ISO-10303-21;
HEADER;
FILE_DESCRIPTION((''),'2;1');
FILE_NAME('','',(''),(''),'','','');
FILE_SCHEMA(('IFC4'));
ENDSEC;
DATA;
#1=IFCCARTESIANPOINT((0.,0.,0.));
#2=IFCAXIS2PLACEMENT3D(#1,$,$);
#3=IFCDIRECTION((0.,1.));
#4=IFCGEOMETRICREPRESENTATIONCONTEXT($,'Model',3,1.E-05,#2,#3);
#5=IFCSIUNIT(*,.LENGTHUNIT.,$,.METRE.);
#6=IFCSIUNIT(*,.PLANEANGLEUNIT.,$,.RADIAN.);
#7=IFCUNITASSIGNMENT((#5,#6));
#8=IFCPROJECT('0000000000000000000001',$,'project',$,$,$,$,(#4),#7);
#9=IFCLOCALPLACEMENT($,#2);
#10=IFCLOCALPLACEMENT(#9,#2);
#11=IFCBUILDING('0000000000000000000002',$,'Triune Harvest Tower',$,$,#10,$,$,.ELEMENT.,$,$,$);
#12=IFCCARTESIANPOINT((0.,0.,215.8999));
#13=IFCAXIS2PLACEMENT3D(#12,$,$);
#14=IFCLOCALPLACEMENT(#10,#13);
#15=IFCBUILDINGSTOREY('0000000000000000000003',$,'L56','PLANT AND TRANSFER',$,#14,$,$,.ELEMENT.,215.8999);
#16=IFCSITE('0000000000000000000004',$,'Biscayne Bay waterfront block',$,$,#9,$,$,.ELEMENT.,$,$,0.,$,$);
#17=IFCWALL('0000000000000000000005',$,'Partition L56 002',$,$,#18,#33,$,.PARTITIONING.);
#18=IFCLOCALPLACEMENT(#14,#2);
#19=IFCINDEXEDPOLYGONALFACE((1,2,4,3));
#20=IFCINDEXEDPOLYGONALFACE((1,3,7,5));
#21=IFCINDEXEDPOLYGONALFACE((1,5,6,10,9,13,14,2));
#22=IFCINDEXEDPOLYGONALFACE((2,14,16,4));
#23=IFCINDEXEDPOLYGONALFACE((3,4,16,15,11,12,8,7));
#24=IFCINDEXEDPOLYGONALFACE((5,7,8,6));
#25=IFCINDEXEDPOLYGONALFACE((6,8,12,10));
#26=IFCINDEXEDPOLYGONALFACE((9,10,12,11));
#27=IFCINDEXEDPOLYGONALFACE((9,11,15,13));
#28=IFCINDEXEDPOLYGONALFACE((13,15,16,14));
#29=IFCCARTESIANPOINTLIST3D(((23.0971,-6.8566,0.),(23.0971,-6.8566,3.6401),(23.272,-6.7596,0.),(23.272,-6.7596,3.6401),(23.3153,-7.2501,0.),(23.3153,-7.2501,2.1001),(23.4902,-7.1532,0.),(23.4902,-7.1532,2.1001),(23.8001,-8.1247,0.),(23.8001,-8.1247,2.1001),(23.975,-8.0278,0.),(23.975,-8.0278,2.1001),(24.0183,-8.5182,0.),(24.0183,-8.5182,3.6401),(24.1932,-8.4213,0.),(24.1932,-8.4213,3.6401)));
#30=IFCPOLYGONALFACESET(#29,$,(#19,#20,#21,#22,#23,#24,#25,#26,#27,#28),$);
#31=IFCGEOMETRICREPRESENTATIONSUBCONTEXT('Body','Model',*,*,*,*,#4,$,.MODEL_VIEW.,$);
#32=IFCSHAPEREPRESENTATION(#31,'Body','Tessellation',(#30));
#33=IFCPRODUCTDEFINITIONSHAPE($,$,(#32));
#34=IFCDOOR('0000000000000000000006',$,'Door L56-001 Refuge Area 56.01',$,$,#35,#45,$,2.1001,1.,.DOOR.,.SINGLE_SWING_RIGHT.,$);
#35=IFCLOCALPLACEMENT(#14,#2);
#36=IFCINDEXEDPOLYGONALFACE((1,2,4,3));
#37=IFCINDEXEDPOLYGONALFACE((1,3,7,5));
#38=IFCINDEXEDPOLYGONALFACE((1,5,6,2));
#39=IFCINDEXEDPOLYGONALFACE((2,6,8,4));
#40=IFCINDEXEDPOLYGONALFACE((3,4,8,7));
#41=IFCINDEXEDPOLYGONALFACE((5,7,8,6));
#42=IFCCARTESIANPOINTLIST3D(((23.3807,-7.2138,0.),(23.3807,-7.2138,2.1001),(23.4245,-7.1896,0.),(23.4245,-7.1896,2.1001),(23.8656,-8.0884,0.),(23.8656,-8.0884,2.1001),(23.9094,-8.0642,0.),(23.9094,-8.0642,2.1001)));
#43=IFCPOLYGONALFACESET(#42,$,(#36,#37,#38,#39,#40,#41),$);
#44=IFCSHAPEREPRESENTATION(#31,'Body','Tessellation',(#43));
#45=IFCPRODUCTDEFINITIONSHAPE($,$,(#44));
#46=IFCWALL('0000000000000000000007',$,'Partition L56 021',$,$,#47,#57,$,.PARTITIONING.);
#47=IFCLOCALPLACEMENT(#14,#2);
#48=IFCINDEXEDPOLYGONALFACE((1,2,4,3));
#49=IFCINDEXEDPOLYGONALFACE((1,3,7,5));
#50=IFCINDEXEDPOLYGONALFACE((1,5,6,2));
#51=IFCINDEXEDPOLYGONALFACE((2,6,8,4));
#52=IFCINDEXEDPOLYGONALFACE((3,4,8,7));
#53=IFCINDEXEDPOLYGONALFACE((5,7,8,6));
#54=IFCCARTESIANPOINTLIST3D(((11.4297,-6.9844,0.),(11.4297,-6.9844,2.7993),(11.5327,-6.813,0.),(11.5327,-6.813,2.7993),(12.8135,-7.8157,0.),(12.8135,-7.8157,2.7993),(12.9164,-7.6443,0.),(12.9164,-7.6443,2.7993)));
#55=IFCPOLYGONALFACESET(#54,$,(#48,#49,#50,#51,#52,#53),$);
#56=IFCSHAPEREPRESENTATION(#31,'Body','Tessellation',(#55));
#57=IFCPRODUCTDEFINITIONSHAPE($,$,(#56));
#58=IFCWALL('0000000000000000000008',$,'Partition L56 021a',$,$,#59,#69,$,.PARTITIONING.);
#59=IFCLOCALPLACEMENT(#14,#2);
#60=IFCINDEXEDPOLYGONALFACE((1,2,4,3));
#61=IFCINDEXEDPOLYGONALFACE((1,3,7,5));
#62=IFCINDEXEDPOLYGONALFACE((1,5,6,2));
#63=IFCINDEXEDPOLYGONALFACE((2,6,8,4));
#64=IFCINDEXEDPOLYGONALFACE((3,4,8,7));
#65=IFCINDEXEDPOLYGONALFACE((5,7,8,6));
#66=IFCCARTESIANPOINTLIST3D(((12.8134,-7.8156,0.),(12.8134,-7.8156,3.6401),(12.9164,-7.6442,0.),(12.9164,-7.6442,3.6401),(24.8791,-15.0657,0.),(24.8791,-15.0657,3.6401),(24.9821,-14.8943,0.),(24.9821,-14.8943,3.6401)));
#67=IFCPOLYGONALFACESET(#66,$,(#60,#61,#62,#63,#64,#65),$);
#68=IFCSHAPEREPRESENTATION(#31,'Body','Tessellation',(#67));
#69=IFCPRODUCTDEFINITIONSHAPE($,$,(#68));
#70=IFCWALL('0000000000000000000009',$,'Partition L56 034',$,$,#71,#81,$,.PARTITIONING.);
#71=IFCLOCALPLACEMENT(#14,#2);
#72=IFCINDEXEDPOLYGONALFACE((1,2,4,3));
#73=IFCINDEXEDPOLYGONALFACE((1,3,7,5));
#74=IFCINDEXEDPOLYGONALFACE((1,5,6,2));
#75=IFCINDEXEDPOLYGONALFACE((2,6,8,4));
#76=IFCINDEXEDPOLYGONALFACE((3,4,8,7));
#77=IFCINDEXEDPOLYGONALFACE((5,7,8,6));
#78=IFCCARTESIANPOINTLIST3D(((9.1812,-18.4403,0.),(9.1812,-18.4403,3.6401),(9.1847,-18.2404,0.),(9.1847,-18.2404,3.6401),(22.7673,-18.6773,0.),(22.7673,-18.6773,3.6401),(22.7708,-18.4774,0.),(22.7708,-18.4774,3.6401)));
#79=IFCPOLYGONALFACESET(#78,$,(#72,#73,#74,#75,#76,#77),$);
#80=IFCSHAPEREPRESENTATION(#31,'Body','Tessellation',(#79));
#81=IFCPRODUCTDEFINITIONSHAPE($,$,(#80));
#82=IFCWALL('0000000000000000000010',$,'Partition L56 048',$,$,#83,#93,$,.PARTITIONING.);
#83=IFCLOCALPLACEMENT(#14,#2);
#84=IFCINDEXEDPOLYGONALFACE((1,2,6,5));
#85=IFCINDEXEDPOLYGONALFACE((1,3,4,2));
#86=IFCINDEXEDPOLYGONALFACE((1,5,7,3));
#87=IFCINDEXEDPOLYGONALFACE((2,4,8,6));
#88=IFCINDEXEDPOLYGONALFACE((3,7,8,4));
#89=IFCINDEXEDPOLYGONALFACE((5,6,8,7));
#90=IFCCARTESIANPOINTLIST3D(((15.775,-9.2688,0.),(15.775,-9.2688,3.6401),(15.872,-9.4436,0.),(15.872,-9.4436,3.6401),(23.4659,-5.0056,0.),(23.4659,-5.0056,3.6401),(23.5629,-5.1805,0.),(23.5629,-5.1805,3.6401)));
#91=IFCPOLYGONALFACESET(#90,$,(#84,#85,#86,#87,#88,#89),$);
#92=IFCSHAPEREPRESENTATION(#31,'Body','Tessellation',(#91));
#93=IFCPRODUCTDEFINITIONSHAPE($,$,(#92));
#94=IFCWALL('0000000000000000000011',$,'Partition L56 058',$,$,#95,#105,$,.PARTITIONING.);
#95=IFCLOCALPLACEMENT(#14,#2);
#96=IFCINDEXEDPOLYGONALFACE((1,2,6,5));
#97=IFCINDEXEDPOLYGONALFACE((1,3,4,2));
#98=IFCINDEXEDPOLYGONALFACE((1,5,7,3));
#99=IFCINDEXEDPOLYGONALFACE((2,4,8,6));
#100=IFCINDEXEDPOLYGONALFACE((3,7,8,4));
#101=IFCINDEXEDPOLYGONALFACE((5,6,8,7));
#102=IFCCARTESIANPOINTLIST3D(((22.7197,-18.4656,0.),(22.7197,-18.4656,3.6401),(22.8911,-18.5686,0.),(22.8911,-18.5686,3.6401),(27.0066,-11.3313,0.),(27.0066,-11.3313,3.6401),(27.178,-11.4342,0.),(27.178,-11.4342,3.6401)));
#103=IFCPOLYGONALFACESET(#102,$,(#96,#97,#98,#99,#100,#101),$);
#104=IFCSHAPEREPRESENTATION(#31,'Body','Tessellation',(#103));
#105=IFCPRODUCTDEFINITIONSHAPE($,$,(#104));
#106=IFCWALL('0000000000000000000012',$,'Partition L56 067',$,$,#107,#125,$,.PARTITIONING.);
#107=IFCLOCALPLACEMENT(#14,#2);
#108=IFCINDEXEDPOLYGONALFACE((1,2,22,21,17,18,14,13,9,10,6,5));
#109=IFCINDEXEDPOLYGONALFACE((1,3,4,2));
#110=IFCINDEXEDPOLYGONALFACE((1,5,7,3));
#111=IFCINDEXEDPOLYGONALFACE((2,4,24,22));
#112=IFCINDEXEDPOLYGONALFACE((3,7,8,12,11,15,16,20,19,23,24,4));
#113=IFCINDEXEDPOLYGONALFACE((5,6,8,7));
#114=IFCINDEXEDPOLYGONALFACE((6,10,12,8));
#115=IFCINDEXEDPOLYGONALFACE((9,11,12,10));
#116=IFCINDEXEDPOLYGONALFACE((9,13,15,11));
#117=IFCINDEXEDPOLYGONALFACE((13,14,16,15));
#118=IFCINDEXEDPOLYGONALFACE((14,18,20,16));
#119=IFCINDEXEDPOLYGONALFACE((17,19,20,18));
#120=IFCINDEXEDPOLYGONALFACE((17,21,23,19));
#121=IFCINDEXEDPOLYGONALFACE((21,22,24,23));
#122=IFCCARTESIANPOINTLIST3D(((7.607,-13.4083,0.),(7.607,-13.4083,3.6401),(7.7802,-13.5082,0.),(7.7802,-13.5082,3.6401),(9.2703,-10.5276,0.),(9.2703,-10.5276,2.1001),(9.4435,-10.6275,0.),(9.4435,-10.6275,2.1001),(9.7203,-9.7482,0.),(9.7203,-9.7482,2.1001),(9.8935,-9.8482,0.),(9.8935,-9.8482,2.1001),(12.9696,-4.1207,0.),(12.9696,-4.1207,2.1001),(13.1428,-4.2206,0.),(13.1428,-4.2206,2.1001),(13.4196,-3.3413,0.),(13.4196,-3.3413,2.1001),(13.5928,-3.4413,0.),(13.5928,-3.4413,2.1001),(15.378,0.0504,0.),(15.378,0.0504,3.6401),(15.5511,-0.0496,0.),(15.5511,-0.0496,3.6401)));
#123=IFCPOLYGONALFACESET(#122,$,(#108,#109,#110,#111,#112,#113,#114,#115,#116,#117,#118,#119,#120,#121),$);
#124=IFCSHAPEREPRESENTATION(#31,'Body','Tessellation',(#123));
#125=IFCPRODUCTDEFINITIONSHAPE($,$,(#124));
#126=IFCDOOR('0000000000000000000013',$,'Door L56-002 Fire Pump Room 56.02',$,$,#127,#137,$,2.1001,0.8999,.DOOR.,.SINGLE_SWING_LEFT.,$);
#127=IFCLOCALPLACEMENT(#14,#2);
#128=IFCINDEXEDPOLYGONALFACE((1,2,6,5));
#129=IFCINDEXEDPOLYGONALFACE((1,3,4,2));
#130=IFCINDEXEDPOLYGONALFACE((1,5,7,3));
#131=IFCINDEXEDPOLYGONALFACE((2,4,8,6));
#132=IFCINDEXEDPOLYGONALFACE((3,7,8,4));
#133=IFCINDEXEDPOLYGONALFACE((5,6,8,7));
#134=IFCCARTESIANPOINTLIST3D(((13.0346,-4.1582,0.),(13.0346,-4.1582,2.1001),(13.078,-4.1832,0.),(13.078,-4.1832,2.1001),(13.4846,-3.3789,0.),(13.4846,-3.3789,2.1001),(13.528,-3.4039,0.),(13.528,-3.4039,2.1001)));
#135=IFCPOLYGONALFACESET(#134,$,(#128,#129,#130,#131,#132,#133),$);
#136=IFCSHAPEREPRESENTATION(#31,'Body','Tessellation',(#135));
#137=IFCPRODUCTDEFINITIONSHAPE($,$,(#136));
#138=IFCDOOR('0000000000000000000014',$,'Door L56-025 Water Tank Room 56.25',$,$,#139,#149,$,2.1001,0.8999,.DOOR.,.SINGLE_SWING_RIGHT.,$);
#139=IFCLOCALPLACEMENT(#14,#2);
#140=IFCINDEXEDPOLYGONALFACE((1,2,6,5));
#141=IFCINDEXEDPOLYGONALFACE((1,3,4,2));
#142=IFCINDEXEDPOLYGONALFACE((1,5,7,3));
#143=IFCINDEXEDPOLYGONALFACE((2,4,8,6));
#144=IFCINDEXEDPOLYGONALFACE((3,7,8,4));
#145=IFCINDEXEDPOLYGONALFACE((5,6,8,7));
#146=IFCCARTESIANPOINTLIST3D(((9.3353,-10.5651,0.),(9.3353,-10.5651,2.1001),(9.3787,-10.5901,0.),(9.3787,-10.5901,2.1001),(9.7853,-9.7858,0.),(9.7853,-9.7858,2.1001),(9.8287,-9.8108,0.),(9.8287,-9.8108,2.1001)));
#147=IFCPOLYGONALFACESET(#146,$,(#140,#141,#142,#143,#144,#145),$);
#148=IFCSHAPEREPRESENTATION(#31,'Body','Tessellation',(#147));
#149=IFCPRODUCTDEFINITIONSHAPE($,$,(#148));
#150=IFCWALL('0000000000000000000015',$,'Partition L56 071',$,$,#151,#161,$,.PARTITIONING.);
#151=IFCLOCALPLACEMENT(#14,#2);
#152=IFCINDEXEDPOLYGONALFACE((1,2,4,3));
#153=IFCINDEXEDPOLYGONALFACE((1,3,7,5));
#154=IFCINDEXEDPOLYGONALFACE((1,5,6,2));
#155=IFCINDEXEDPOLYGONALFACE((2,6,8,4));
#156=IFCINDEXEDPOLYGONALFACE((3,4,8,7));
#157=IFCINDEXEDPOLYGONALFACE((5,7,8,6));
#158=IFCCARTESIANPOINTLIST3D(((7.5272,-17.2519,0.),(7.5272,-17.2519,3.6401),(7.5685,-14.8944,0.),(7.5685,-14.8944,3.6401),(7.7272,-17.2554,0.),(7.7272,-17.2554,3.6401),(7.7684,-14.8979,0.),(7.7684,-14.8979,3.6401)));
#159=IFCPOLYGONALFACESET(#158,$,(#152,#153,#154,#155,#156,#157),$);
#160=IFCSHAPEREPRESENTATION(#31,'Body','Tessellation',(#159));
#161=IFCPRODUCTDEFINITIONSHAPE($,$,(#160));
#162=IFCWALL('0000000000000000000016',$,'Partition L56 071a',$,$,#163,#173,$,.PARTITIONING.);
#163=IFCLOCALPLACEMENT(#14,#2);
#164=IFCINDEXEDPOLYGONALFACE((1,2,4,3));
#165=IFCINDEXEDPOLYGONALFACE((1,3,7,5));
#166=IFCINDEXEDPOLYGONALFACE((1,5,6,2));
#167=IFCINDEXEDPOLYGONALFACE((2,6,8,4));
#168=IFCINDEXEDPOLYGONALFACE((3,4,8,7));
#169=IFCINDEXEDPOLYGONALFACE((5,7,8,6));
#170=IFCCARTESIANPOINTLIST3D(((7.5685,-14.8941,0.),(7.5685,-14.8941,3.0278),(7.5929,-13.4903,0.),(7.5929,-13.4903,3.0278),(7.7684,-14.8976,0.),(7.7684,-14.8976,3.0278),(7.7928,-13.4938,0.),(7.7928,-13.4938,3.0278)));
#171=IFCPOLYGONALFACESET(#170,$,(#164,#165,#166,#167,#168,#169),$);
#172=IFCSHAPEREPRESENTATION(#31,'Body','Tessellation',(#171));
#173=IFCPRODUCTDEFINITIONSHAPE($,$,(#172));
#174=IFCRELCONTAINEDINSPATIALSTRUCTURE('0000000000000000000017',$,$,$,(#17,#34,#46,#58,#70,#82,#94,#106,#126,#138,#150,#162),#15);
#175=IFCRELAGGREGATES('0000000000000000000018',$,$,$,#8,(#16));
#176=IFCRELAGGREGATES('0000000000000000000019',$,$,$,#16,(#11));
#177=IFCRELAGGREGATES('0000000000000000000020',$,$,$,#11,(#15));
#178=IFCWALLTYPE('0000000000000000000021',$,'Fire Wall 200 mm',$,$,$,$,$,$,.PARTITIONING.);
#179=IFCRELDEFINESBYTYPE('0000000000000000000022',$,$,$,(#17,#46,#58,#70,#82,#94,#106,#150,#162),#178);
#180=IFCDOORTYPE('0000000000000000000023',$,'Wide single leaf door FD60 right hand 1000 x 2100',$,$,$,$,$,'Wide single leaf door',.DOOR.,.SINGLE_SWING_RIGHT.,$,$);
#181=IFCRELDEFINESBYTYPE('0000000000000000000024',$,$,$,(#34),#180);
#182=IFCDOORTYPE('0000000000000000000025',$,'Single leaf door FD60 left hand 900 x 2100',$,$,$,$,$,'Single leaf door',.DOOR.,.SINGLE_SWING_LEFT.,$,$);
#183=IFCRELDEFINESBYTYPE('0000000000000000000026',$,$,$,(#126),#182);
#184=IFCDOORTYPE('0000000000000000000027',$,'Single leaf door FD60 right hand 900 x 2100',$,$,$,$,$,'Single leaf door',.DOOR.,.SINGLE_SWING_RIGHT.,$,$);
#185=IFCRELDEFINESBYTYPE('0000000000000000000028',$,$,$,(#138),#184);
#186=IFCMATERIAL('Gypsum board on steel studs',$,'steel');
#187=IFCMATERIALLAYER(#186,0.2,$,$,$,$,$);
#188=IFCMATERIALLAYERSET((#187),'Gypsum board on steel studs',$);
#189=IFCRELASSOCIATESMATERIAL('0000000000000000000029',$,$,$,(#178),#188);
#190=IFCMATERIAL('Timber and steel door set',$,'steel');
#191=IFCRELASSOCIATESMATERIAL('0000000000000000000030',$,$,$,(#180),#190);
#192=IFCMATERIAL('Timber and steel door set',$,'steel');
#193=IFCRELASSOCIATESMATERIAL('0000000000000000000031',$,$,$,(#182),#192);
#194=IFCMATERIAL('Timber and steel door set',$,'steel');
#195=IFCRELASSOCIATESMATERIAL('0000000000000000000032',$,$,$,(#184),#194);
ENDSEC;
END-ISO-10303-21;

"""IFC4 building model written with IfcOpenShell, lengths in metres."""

from ifc_helpers import new_model, si_unit, direction, frame, frame_2d, origin, place, context, subcontext, project, spatial, rectangle, extrude, material, layer, layer_set, type_object, element, fill, save


model = new_model("IFC4")

# Units and contexts
model_context = context("Model", 3, precision=1e-05, world=origin(), true_north=direction((0.0, 1.0)))
body_context = subcontext(model_context, "Body", "Model", "MODEL_VIEW")
ifc_project = project(units=[si_unit("LENGTHUNIT", "METRE"), si_unit("PLANEANGLEUNIT", "RADIAN")], contexts=[model_context])

# Site, building, storey
site_placement = place(None, origin())
site = spatial("IfcSite", under=ifc_project, at=site_placement, Name="Biscayne Bay waterfront block", CompositionType="ELEMENT", RefElevation=0.0)
building_placement = place(site_placement, origin())
building = spatial("IfcBuilding", under=site, at=building_placement, Name="Triune Harvest Tower", CompositionType="ELEMENT")
storey_placement = place(building_placement, frame((0.0, 0.0, 215.8999)))
storey = spatial("IfcBuildingStorey", under=building, at=storey_placement, Name="L56", Description="PLANT AND TRANSFER", CompositionType="ELEMENT", Elevation=215.8999)

# Wall, opening, door
ifc_material_1 = material(Name="Gypsum board on steel studs", Category="steel")
ifc_layer_1 = layer(ifc_material_1, 0.2)
ifc_layer_set_1 = layer_set([ifc_layer_1], Name="Gypsum board on steel studs")
wall_type_1 = type_object("IfcWallType", Name="Fire Wall 200 mm", PredefinedType="PARTITIONING", material=ifc_layer_set_1)
wall_1_placement = place(storey_placement, frame((23.1846, -6.8081, 0.0), z_axis=(0.0, 0.0, 1.0), x_axis=(0.484846, -0.874599, 0.0)))
wall_1 = element("IfcWall", 1, at=wall_1_placement, inside=storey, type_object=wall_type_1, Name="Partition L56 002", PredefinedType="PARTITIONING", context=body_context, shape_type="SweptSolid", body=[
    extrude(rectangle(XDim=1.8999, YDim=0.2, at=frame_2d((0.95, 0.0))), origin(), (0.0, 0.0, 1.0), 3.6401),
])
opening_1_placement = place(wall_1_placement, frame((0.45, 0.0, 0.0)))
opening_1 = element("IfcOpeningElement", 2, at=opening_1_placement, cuts=wall_1, PredefinedType="OPENING", context=body_context, shape_type="SweptSolid", body=[
    extrude(rectangle(XDim=1.0, YDim=2.1001, at=frame_2d((0.5, 1.05))), frame((0.0, 0.1099, 0.0), z_axis=(0.0, -1.0, 0.0), x_axis=(1.0, 0.0, 0.0)), (0.0, 0.0, 1.0), 0.22),
])
ifc_material_2 = material(Name="Timber and steel door set", Category="steel")
door_type_1 = type_object("IfcDoorType", Name="Wide single leaf door FD60 right hand 1000 x 2100", ElementType="Wide single leaf door", OperationType="SINGLE_SWING_RIGHT", PredefinedType="DOOR", material=ifc_material_2)
door_1_placement = place(opening_1_placement, origin())
door_1 = element("IfcDoor", 3, at=door_1_placement, inside=storey, type_object=door_type_1, Name="Door L56-001 Refuge Area 56.01", OperationType="SINGLE_SWING_RIGHT", OverallHeight=2.1001, OverallWidth=1.0, PredefinedType="DOOR", context=body_context, shape_type="SweptSolid", body=[
    extrude(rectangle(XDim=1.0, YDim=2.1001, at=frame_2d((0.5, 1.05))), frame((0.0, 0.0249, 0.0), z_axis=(0.0, -1.0, 0.0), x_axis=(1.0, 0.0, 0.0)), (0.0, 0.0, 1.0), 0.05),
])
fill(opening_1, door_1)

# Walls
wall_2_placement = place(storey_placement, frame((11.4812, -6.8987, 0.0), z_axis=(0.0, 0.0, 1.0), x_axis=(0.857213, -0.514963, 0.0)))
element("IfcWall", 4, at=wall_2_placement, inside=storey, type_object=wall_type_1, Name="Partition L56 021", PredefinedType="PARTITIONING", context=body_context, shape_type="SweptSolid", body=[
    extrude(rectangle(XDim=1.6143, YDim=0.2, at=frame_2d((0.8071, 0.0))), origin(), (0.0, 0.0, 1.0), 2.7993),
])
wall_3_placement = place(storey_placement, frame((12.865, -7.73, 0.0), z_axis=(0.0, 0.0, 1.0), x_axis=(0.857161, -0.515049, 0.0)))
element("IfcWall", 5, at=wall_3_placement, inside=storey, type_object=wall_type_1, Name="Partition L56 021a", PredefinedType="PARTITIONING", context=body_context, shape_type="SweptSolid", body=[
    extrude(rectangle(XDim=14.0764, YDim=0.2, at=frame_2d((7.0381, 0.0))), origin(), (0.0, 0.0, 1.0), 3.6401),
])
wall_4_placement = place(storey_placement, frame((9.1831, -18.3403, 0.0), z_axis=(0.0, 0.0, 1.0), x_axis=(0.999848, -0.017446, 0.0)))
element("IfcWall", 6, at=wall_4_placement, inside=storey, type_object=wall_type_1, Name="Partition L56 034", PredefinedType="PARTITIONING", context=body_context, shape_type="SweptSolid", body=[
    extrude(rectangle(XDim=13.5881, YDim=0.2, at=frame_2d((6.7939, 0.0))), origin(), (0.0, 0.0, 1.0), 3.6401),
])
wall_5_placement = place(storey_placement, frame((15.8235, -9.3562, 0.0), z_axis=(0.0, 0.0, 1.0), x_axis=(0.874618, 0.484813, 0.0)))
element("IfcWall", 7, at=wall_5_placement, inside=storey, type_object=wall_type_1, Name="Partition L56 048", PredefinedType="PARTITIONING", context=body_context, shape_type="SweptSolid", body=[
    extrude(rectangle(XDim=8.7935, YDim=0.2, at=frame_2d((4.3967, 0.0))), origin(), (0.0, 0.0, 1.0), 3.6401),
])
wall_6_placement = place(storey_placement, frame((22.8054, -18.5171, 0.0), z_axis=(0.0, 0.0, 1.0), x_axis=(0.515052, 0.857159, 0.0)))
element("IfcWall", 8, at=wall_6_placement, inside=storey, type_object=wall_type_1, Name="Partition L56 058", PredefinedType="PARTITIONING", context=body_context, shape_type="SweptSolid", body=[
    extrude(rectangle(XDim=8.3232, YDim=0.2, at=frame_2d((4.1616, 0.0))), origin(), (0.0, 0.0, 1.0), 3.6401),
])

# Wall, openings, doors
wall_7_placement = place(storey_placement, frame((7.6936, -13.4583, 0.0), z_axis=(0.0, 0.0, 1.0), x_axis=(0.500028, 0.866009, 0.0)))
wall_7 = element("IfcWall", 9, at=wall_7_placement, inside=storey, type_object=wall_type_1, Name="Partition L56 067", PredefinedType="PARTITIONING", context=body_context, shape_type="SweptSolid", body=[
    extrude(rectangle(XDim=15.541, YDim=0.2, at=frame_2d((7.7705, 0.0))), origin(), (0.0, 0.0, 1.0), 3.6401),
])
opening_2_placement = place(wall_7_placement, frame((10.7246, 0.0, 0.0)))
opening_2 = element("IfcOpeningElement", 10, at=opening_2_placement, cuts=wall_7, PredefinedType="OPENING", context=body_context, shape_type="SweptSolid", body=[
    extrude(rectangle(XDim=0.8999, YDim=2.1001, at=frame_2d((0.45, 1.05))), frame((0.0, 0.1099, 0.0), z_axis=(0.0, -1.0, 0.0), x_axis=(1.0, 0.0, 0.0)), (0.0, 0.0, 1.0), 0.22),
])
opening_3_placement = place(wall_7_placement, frame((3.3264, 0.0, 0.0)))
opening_3 = element("IfcOpeningElement", 11, at=opening_3_placement, cuts=wall_7, PredefinedType="OPENING", context=body_context, shape_type="SweptSolid", body=[
    extrude(rectangle(XDim=0.8999, YDim=2.1001, at=frame_2d((0.45, 1.05))), frame((0.0, 0.1099, 0.0), z_axis=(0.0, -1.0, 0.0), x_axis=(1.0, 0.0, 0.0)), (0.0, 0.0, 1.0), 0.22),
])
ifc_material_3 = material(Name="Timber and steel door set", Category="steel")
door_type_2 = type_object("IfcDoorType", Name="Single leaf door FD60 left hand 900 x 2100", ElementType="Single leaf door", OperationType="SINGLE_SWING_LEFT", PredefinedType="DOOR", material=ifc_material_3)
door_2_placement = place(opening_2_placement, origin())
door_2 = element("IfcDoor", 12, at=door_2_placement, inside=storey, type_object=door_type_2, Name="Door L56-002 Fire Pump Room 56.02", OperationType="SINGLE_SWING_LEFT", OverallHeight=2.1001, OverallWidth=0.8999, PredefinedType="DOOR", context=body_context, shape_type="SweptSolid", body=[
    extrude(rectangle(XDim=0.8999, YDim=2.1001, at=frame_2d((0.45, 1.05))), frame((0.0, 0.0249, 0.0), z_axis=(0.0, -1.0, 0.0), x_axis=(1.0, 0.0, 0.0)), (0.0, 0.0, 1.0), 0.05),
])
fill(opening_2, door_2)
ifc_material_4 = material(Name="Timber and steel door set", Category="steel")
door_type_3 = type_object("IfcDoorType", Name="Single leaf door FD60 right hand 900 x 2100", ElementType="Single leaf door", OperationType="SINGLE_SWING_RIGHT", PredefinedType="DOOR", material=ifc_material_4)
door_3_placement = place(opening_3_placement, origin())
door_3 = element("IfcDoor", 13, at=door_3_placement, inside=storey, type_object=door_type_3, Name="Door L56-025 Water Tank Room 56.25", OperationType="SINGLE_SWING_RIGHT", OverallHeight=2.1001, OverallWidth=0.8999, PredefinedType="DOOR", context=body_context, shape_type="SweptSolid", body=[
    extrude(rectangle(XDim=0.8999, YDim=2.1001, at=frame_2d((0.45, 1.05))), frame((0.0, 0.0249, 0.0), z_axis=(0.0, -1.0, 0.0), x_axis=(1.0, 0.0, 0.0)), (0.0, 0.0, 1.0), 0.05),
])
fill(opening_3, door_3)

# Walls
wall_8_placement = place(storey_placement, frame((7.6272, -17.2537, 0.0), z_axis=(0.0, 0.0, 1.0), x_axis=(0.017498, 0.999847, 0.0)))
element("IfcWall", 14, at=wall_8_placement, inside=storey, type_object=wall_type_1, Name="Partition L56 071", PredefinedType="PARTITIONING", context=body_context, shape_type="SweptSolid", body=[
    extrude(rectangle(XDim=2.3579, YDim=0.2, at=frame_2d((1.179, 0.0))), origin(), (0.0, 0.0, 1.0), 3.6401),
])
wall_9_placement = place(storey_placement, frame((7.6685, -14.896, 0.0), z_axis=(0.0, 0.0, 1.0), x_axis=(0.017389, 0.999849, 0.0)))
element("IfcWall", 15, at=wall_9_placement, inside=storey, type_object=wall_type_1, Name="Partition L56 071a", PredefinedType="PARTITIONING", context=body_context, shape_type="SweptSolid", body=[
    extrude(rectangle(XDim=1.4041, YDim=0.2, at=frame_2d((0.7021, 0.0))), origin(), (0.0, 0.0, 1.0), 3.0278),
])

save(model, "model.ifc")
